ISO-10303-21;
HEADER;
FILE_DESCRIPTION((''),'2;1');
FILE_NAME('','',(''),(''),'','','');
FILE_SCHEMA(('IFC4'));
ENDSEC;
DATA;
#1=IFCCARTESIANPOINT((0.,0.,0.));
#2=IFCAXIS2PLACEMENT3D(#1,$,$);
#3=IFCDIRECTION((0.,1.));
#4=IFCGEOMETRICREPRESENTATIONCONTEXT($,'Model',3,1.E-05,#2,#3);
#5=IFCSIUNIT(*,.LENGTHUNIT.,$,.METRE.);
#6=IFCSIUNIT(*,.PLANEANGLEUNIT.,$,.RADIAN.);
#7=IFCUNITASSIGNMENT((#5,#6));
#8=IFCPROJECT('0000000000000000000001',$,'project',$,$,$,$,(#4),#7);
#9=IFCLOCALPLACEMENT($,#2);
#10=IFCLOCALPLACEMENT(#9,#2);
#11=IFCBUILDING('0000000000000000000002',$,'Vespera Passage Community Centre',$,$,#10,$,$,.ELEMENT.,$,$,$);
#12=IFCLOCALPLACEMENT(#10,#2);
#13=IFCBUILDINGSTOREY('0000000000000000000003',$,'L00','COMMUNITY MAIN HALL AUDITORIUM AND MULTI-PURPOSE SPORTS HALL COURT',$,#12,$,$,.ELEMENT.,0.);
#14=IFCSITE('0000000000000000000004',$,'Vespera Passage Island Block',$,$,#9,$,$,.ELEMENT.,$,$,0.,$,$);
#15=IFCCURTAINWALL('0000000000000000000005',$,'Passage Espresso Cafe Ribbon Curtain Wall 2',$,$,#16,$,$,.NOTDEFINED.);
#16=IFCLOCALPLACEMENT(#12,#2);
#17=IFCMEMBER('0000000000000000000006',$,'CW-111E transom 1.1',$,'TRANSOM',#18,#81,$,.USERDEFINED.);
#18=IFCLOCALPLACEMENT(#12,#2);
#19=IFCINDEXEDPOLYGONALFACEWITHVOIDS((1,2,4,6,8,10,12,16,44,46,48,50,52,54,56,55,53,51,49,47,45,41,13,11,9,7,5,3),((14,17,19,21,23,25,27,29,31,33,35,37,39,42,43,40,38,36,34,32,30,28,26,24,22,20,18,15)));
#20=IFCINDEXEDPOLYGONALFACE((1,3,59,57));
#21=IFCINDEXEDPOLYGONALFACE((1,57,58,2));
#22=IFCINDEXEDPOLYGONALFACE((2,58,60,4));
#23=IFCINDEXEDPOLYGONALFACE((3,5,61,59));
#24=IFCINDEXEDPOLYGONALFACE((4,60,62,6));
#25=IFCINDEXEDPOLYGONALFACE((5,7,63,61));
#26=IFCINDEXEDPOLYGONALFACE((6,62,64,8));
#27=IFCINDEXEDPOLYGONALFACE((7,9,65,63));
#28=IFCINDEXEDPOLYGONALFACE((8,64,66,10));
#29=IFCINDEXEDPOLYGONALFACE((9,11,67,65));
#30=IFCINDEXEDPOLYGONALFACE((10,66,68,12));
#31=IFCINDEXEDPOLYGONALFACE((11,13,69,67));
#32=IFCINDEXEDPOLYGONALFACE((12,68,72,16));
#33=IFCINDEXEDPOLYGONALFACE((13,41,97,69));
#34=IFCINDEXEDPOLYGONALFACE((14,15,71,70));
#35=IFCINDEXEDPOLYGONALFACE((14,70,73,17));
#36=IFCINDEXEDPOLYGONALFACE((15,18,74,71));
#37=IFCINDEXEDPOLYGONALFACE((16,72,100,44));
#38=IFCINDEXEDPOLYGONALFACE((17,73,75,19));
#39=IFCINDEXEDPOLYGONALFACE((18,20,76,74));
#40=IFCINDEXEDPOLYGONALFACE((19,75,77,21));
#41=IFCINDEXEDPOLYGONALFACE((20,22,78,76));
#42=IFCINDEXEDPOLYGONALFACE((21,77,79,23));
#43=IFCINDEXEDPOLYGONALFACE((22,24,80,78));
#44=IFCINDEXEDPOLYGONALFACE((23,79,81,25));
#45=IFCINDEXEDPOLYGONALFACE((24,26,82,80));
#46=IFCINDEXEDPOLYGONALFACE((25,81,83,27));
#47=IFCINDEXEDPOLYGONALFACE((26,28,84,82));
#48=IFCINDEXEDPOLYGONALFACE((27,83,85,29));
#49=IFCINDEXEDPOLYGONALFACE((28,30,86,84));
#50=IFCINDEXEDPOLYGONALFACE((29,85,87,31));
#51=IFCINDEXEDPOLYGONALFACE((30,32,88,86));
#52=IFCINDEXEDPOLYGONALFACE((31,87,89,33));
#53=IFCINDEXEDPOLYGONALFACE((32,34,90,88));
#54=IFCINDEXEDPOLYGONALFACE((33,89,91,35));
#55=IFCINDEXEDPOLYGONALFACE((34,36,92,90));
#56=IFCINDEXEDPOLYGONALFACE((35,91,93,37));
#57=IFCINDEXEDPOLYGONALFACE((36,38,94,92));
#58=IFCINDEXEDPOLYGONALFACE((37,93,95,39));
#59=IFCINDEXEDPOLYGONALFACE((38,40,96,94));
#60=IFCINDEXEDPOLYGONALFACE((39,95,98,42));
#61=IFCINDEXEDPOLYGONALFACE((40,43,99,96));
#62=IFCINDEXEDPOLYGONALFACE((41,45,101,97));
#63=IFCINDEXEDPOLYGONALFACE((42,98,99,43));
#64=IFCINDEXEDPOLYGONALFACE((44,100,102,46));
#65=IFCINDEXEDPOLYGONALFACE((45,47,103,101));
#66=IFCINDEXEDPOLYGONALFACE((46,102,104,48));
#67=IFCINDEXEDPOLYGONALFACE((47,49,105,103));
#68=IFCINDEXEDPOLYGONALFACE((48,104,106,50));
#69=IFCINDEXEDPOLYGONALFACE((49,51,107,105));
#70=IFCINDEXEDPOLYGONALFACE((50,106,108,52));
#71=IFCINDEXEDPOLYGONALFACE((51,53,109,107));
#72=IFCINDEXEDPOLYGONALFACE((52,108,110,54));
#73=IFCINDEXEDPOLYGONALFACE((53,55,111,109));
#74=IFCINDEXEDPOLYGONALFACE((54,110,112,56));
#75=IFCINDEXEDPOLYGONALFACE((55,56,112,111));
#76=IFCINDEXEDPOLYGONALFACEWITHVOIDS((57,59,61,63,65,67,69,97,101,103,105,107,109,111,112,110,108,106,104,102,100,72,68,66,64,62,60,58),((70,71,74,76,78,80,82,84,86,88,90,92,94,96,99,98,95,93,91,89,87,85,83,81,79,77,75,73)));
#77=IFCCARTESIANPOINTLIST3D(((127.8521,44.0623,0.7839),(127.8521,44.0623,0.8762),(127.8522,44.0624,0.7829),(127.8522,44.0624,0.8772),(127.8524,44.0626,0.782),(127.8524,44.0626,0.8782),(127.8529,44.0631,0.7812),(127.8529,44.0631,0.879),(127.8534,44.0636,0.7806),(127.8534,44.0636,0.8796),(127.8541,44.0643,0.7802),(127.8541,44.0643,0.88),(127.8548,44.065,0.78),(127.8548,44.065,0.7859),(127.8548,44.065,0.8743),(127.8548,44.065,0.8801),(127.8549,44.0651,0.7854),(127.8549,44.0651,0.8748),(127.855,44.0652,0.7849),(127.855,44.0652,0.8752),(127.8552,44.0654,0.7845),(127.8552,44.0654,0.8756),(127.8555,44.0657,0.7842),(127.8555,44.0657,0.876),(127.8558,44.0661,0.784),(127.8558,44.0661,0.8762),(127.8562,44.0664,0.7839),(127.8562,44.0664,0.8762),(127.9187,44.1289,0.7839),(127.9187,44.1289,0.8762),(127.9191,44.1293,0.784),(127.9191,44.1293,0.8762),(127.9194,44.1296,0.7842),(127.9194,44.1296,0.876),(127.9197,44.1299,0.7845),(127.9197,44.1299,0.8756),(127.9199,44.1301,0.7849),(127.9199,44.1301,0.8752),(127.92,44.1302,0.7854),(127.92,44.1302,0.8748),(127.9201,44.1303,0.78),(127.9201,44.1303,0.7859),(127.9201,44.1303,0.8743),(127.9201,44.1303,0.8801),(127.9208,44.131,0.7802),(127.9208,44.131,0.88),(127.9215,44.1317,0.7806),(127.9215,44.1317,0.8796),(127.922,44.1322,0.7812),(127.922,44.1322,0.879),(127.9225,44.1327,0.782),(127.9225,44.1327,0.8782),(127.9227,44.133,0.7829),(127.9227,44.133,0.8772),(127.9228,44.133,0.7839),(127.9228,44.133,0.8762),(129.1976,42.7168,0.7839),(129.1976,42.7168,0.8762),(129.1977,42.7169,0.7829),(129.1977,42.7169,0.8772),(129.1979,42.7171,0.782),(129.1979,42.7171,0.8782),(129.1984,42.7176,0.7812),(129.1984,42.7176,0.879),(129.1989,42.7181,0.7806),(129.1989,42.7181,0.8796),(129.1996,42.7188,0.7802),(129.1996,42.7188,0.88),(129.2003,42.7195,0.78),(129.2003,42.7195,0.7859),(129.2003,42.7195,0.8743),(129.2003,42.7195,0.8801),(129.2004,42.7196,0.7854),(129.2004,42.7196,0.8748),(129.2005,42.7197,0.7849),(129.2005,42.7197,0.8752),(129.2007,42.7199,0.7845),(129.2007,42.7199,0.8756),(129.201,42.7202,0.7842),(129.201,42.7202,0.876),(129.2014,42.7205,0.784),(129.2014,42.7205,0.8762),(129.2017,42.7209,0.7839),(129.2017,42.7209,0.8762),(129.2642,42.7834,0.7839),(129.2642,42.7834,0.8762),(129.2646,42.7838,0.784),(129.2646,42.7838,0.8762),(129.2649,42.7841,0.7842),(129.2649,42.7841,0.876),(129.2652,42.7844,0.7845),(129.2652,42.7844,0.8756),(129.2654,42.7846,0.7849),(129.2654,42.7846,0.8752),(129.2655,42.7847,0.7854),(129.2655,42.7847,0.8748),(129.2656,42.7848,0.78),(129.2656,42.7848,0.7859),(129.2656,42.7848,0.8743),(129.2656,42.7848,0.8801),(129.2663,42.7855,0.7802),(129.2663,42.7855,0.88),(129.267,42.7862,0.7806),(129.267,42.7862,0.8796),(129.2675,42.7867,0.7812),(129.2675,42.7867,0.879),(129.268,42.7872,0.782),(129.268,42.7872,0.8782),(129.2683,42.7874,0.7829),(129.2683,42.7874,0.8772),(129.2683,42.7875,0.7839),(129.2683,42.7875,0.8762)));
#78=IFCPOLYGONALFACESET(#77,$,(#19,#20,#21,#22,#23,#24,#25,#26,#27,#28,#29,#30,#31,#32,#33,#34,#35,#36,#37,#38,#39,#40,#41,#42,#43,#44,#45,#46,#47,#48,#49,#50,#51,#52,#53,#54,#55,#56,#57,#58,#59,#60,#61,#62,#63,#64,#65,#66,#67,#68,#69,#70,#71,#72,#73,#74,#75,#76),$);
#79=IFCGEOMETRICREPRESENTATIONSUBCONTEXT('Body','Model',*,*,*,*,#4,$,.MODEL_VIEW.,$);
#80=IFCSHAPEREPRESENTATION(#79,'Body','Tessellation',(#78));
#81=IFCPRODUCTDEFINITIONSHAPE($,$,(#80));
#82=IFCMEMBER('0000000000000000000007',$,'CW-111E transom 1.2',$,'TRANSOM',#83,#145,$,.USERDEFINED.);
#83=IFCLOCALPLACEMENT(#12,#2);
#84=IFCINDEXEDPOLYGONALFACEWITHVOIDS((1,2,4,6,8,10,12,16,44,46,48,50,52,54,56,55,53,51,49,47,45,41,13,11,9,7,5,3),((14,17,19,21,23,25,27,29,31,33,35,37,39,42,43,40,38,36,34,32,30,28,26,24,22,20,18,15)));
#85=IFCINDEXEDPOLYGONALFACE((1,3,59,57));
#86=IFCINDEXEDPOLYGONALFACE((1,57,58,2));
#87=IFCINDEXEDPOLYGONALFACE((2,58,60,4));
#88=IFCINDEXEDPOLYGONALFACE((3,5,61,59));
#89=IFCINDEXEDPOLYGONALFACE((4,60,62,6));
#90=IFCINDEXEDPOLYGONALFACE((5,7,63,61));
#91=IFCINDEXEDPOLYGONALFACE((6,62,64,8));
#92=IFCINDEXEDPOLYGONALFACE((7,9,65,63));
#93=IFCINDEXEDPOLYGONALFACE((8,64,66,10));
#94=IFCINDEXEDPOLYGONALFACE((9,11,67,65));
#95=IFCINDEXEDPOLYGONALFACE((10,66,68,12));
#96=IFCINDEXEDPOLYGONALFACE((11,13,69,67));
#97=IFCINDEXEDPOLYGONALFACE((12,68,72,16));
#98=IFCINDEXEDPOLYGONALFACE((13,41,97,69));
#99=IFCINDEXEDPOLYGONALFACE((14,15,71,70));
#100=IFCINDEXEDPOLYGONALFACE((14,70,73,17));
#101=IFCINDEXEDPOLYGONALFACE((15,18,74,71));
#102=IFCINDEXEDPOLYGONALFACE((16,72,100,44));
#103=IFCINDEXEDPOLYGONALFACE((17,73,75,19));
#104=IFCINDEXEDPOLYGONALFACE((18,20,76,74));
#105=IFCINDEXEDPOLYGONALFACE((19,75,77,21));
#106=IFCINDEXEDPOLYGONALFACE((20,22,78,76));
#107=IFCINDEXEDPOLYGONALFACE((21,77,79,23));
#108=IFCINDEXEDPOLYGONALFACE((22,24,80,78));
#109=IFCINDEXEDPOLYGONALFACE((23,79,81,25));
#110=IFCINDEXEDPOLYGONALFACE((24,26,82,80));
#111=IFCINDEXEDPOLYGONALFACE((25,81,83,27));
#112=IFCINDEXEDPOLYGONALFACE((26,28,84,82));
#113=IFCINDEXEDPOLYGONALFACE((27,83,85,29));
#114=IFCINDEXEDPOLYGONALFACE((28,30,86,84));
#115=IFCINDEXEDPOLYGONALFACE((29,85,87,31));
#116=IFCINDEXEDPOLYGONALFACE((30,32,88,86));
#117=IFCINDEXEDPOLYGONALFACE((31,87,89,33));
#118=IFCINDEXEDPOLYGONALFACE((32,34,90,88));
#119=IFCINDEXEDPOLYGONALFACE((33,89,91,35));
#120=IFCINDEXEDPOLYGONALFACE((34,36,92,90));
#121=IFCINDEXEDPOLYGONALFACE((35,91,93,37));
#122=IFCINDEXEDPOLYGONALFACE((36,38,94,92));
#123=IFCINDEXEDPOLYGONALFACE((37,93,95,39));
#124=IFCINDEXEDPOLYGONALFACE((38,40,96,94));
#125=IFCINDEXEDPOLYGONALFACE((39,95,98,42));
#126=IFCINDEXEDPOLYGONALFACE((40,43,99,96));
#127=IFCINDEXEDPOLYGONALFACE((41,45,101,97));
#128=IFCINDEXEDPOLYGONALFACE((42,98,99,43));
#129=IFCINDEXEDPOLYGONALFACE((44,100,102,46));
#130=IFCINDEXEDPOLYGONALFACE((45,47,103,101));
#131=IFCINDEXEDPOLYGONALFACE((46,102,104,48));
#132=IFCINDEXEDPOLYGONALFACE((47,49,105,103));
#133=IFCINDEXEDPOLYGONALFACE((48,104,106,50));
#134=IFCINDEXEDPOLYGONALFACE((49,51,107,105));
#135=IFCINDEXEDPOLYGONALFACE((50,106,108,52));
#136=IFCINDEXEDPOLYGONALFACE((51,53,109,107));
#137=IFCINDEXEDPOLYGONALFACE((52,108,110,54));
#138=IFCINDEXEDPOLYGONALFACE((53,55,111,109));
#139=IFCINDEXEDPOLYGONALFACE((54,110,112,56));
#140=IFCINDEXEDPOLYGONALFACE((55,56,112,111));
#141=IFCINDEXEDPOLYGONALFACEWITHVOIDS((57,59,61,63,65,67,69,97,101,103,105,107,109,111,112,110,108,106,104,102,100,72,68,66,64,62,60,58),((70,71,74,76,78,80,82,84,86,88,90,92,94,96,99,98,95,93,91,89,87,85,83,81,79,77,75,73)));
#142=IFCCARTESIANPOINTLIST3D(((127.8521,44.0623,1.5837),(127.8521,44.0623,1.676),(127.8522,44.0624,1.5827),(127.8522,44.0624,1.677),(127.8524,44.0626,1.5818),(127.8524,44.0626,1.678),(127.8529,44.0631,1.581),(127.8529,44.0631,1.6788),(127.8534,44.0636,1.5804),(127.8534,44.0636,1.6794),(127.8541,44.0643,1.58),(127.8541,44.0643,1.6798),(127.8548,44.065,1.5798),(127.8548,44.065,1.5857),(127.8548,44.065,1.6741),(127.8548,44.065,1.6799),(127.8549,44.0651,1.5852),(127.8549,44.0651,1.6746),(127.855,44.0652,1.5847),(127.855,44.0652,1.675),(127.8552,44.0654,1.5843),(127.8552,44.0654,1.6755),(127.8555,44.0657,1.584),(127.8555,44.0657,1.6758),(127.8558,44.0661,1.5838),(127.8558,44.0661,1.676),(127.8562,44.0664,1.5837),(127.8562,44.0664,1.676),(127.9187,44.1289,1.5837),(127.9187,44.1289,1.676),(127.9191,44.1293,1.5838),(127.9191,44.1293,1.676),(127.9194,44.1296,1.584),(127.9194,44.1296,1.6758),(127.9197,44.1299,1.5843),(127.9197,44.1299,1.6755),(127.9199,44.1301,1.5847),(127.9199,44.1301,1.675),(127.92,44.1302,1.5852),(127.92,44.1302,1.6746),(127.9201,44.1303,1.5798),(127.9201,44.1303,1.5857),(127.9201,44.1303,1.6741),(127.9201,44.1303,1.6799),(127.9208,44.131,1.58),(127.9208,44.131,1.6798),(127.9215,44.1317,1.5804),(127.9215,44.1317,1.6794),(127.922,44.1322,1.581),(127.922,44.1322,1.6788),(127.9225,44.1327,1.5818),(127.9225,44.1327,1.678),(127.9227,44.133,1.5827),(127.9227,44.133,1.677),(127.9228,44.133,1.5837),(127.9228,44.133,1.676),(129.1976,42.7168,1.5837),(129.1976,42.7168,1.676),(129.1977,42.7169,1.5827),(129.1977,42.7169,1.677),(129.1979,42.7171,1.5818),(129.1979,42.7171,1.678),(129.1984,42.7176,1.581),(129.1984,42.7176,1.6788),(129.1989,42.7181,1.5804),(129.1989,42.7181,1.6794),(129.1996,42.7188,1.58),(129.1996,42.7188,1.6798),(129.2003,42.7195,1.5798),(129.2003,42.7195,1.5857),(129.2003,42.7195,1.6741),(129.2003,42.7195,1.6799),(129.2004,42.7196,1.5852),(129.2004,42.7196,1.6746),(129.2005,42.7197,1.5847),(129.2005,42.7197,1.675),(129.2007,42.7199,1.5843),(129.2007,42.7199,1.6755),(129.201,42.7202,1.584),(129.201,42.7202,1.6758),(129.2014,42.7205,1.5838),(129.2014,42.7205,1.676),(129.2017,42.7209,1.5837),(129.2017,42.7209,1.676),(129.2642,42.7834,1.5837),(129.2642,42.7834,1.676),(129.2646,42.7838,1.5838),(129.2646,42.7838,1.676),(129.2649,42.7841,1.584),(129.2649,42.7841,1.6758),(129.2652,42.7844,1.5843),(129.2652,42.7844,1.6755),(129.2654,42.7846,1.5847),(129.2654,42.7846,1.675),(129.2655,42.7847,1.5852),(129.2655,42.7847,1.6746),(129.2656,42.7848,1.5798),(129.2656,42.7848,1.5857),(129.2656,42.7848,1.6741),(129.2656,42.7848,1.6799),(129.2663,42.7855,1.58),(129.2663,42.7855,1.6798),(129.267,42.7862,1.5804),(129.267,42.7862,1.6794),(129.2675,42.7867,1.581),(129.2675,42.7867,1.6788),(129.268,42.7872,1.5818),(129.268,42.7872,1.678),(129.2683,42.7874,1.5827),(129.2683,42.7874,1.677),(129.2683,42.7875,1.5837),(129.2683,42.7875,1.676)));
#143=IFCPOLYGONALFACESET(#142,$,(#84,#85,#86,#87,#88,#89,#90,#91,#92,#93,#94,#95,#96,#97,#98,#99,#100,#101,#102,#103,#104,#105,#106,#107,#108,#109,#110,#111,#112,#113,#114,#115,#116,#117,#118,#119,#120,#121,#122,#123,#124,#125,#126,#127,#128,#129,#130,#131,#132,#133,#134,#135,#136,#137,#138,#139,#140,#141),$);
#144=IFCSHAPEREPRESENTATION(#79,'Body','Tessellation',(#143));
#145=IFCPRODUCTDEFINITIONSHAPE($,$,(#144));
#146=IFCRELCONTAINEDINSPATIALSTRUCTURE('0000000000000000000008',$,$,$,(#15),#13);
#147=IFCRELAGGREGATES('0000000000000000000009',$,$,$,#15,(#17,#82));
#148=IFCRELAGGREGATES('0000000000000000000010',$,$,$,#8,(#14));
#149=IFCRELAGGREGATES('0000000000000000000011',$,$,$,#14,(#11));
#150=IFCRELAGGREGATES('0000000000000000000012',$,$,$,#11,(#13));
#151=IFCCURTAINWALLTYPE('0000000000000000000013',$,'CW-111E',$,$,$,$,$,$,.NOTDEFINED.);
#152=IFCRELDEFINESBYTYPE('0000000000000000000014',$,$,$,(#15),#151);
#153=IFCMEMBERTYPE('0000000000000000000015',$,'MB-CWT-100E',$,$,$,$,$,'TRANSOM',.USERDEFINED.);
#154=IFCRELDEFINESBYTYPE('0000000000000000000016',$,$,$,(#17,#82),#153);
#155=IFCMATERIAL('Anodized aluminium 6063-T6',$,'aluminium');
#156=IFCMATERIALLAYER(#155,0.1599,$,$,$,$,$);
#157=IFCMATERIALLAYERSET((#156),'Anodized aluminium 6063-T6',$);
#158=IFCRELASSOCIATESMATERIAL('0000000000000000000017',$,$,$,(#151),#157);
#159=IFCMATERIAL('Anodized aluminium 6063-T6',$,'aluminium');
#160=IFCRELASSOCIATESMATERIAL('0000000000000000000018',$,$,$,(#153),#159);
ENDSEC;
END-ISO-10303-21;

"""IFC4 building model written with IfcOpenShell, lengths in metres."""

from ifc_helpers import new_model, si_unit, direction, frame, origin, origin_2d, place, context, subcontext, project, spatial, hollow_rectangle, extrude, material, layer, layer_set, material_profile, profile_set, type_object, element, aggregate, save


model = new_model("IFC4")

# Units and contexts
model_context = context("Model", 3, precision=1e-05, world=origin(), true_north=direction((0.0, 1.0)))
body_context = subcontext(model_context, "Body", "Model", "MODEL_VIEW")
ifc_project = project(units=[si_unit("LENGTHUNIT", "METRE"), si_unit("PLANEANGLEUNIT", "RADIAN")], contexts=[model_context])

# Site, building, storey
site_placement = place(None, origin())
site = spatial("IfcSite", under=ifc_project, at=site_placement, Name="Vespera Passage Island Block", CompositionType="ELEMENT", RefElevation=0.0)
building_placement = place(site_placement, origin())
building = spatial("IfcBuilding", under=site, at=building_placement, Name="Vespera Passage Community Centre", CompositionType="ELEMENT")
storey_placement = place(building_placement, origin())
storey = spatial("IfcBuildingStorey", under=building, at=storey_placement, Name="L00", Description="COMMUNITY MAIN HALL AUDITORIUM AND MULTI-PURPOSE SPORTS HALL COURT", CompositionType="ELEMENT", Elevation=0.0)

# Curtain wall
ifc_material_1 = material(Name="Anodized aluminium 6063-T6", Category="aluminium")
ifc_layer_1 = layer(ifc_material_1, 0.1599)
ifc_layer_set_1 = layer_set([ifc_layer_1], Name="Anodized aluminium 6063-T6")
curtain_wall_type_1 = type_object("IfcCurtainWallType", Name="CW-111E", PredefinedType="NOTDEFINED", material=ifc_layer_set_1)
curtain_wall_1_placement = place(storey_placement, origin())
curtain_wall_1 = element("IfcCurtainWall", 1, at=curtain_wall_1_placement, inside=storey, type_object=curtain_wall_type_1, Name="Passage Espresso Cafe Ribbon Curtain Wall 2", PredefinedType="NOTDEFINED")

# Members
ifc_material_2 = material(Name="Anodized aluminium 6063-T6", Category="aluminium")
ifc_material_profile_1 = material_profile(ifc_material_2, hollow_rectangle(XDim=0.1001, YDim=0.1001, WallThickness=0.0039, InnerFilletRadius=0.002, OuterFilletRadius=0.0039, at=origin_2d()), Name="ALU100X100X4")
ifc_profile_set_1 = profile_set([ifc_material_profile_1], Name="Anodized aluminium 6063-T6")
member_type_1 = type_object("IfcMemberType", Name="MB-CWT-100E", ElementType="TRANSOM", PredefinedType="USERDEFINED", material=ifc_profile_set_1)
member_1_placement = place(storey_placement, frame((127.8875, 44.0977, 0.8301), z_axis=(0.707107, -0.707107, 0.0), x_axis=(0.707107, 0.707107, 0.0)))
member_1 = element("IfcMember", 2, at=member_1_placement, type_object=member_type_1, Name="CW-111E transom 1.1", ObjectType="TRANSOM", PredefinedType="USERDEFINED", context=body_context, shape_type="SweptSolid", body=[
    extrude(hollow_rectangle(XDim=0.1001, YDim=0.1001, WallThickness=0.0039, InnerFilletRadius=0.002, OuterFilletRadius=0.0039, at=origin_2d()), origin(), (0.0, 0.0, 1.0), 1.9028),
])
member_2_placement = place(storey_placement, frame((127.8875, 44.0977, 1.6299), z_axis=(0.707107, -0.707107, 0.0), x_axis=(0.707107, 0.707107, 0.0)))
member_2 = element("IfcMember", 3, at=member_2_placement, type_object=member_type_1, Name="CW-111E transom 1.2", ObjectType="TRANSOM", PredefinedType="USERDEFINED", context=body_context, shape_type="SweptSolid", body=[
    extrude(hollow_rectangle(XDim=0.1001, YDim=0.1001, WallThickness=0.0039, InnerFilletRadius=0.002, OuterFilletRadius=0.0039, at=origin_2d()), origin(), (0.0, 0.0, 1.0), 1.9028),
])

aggregate(curtain_wall_1, [member_1, member_2])

save(model, "model.ifc")
